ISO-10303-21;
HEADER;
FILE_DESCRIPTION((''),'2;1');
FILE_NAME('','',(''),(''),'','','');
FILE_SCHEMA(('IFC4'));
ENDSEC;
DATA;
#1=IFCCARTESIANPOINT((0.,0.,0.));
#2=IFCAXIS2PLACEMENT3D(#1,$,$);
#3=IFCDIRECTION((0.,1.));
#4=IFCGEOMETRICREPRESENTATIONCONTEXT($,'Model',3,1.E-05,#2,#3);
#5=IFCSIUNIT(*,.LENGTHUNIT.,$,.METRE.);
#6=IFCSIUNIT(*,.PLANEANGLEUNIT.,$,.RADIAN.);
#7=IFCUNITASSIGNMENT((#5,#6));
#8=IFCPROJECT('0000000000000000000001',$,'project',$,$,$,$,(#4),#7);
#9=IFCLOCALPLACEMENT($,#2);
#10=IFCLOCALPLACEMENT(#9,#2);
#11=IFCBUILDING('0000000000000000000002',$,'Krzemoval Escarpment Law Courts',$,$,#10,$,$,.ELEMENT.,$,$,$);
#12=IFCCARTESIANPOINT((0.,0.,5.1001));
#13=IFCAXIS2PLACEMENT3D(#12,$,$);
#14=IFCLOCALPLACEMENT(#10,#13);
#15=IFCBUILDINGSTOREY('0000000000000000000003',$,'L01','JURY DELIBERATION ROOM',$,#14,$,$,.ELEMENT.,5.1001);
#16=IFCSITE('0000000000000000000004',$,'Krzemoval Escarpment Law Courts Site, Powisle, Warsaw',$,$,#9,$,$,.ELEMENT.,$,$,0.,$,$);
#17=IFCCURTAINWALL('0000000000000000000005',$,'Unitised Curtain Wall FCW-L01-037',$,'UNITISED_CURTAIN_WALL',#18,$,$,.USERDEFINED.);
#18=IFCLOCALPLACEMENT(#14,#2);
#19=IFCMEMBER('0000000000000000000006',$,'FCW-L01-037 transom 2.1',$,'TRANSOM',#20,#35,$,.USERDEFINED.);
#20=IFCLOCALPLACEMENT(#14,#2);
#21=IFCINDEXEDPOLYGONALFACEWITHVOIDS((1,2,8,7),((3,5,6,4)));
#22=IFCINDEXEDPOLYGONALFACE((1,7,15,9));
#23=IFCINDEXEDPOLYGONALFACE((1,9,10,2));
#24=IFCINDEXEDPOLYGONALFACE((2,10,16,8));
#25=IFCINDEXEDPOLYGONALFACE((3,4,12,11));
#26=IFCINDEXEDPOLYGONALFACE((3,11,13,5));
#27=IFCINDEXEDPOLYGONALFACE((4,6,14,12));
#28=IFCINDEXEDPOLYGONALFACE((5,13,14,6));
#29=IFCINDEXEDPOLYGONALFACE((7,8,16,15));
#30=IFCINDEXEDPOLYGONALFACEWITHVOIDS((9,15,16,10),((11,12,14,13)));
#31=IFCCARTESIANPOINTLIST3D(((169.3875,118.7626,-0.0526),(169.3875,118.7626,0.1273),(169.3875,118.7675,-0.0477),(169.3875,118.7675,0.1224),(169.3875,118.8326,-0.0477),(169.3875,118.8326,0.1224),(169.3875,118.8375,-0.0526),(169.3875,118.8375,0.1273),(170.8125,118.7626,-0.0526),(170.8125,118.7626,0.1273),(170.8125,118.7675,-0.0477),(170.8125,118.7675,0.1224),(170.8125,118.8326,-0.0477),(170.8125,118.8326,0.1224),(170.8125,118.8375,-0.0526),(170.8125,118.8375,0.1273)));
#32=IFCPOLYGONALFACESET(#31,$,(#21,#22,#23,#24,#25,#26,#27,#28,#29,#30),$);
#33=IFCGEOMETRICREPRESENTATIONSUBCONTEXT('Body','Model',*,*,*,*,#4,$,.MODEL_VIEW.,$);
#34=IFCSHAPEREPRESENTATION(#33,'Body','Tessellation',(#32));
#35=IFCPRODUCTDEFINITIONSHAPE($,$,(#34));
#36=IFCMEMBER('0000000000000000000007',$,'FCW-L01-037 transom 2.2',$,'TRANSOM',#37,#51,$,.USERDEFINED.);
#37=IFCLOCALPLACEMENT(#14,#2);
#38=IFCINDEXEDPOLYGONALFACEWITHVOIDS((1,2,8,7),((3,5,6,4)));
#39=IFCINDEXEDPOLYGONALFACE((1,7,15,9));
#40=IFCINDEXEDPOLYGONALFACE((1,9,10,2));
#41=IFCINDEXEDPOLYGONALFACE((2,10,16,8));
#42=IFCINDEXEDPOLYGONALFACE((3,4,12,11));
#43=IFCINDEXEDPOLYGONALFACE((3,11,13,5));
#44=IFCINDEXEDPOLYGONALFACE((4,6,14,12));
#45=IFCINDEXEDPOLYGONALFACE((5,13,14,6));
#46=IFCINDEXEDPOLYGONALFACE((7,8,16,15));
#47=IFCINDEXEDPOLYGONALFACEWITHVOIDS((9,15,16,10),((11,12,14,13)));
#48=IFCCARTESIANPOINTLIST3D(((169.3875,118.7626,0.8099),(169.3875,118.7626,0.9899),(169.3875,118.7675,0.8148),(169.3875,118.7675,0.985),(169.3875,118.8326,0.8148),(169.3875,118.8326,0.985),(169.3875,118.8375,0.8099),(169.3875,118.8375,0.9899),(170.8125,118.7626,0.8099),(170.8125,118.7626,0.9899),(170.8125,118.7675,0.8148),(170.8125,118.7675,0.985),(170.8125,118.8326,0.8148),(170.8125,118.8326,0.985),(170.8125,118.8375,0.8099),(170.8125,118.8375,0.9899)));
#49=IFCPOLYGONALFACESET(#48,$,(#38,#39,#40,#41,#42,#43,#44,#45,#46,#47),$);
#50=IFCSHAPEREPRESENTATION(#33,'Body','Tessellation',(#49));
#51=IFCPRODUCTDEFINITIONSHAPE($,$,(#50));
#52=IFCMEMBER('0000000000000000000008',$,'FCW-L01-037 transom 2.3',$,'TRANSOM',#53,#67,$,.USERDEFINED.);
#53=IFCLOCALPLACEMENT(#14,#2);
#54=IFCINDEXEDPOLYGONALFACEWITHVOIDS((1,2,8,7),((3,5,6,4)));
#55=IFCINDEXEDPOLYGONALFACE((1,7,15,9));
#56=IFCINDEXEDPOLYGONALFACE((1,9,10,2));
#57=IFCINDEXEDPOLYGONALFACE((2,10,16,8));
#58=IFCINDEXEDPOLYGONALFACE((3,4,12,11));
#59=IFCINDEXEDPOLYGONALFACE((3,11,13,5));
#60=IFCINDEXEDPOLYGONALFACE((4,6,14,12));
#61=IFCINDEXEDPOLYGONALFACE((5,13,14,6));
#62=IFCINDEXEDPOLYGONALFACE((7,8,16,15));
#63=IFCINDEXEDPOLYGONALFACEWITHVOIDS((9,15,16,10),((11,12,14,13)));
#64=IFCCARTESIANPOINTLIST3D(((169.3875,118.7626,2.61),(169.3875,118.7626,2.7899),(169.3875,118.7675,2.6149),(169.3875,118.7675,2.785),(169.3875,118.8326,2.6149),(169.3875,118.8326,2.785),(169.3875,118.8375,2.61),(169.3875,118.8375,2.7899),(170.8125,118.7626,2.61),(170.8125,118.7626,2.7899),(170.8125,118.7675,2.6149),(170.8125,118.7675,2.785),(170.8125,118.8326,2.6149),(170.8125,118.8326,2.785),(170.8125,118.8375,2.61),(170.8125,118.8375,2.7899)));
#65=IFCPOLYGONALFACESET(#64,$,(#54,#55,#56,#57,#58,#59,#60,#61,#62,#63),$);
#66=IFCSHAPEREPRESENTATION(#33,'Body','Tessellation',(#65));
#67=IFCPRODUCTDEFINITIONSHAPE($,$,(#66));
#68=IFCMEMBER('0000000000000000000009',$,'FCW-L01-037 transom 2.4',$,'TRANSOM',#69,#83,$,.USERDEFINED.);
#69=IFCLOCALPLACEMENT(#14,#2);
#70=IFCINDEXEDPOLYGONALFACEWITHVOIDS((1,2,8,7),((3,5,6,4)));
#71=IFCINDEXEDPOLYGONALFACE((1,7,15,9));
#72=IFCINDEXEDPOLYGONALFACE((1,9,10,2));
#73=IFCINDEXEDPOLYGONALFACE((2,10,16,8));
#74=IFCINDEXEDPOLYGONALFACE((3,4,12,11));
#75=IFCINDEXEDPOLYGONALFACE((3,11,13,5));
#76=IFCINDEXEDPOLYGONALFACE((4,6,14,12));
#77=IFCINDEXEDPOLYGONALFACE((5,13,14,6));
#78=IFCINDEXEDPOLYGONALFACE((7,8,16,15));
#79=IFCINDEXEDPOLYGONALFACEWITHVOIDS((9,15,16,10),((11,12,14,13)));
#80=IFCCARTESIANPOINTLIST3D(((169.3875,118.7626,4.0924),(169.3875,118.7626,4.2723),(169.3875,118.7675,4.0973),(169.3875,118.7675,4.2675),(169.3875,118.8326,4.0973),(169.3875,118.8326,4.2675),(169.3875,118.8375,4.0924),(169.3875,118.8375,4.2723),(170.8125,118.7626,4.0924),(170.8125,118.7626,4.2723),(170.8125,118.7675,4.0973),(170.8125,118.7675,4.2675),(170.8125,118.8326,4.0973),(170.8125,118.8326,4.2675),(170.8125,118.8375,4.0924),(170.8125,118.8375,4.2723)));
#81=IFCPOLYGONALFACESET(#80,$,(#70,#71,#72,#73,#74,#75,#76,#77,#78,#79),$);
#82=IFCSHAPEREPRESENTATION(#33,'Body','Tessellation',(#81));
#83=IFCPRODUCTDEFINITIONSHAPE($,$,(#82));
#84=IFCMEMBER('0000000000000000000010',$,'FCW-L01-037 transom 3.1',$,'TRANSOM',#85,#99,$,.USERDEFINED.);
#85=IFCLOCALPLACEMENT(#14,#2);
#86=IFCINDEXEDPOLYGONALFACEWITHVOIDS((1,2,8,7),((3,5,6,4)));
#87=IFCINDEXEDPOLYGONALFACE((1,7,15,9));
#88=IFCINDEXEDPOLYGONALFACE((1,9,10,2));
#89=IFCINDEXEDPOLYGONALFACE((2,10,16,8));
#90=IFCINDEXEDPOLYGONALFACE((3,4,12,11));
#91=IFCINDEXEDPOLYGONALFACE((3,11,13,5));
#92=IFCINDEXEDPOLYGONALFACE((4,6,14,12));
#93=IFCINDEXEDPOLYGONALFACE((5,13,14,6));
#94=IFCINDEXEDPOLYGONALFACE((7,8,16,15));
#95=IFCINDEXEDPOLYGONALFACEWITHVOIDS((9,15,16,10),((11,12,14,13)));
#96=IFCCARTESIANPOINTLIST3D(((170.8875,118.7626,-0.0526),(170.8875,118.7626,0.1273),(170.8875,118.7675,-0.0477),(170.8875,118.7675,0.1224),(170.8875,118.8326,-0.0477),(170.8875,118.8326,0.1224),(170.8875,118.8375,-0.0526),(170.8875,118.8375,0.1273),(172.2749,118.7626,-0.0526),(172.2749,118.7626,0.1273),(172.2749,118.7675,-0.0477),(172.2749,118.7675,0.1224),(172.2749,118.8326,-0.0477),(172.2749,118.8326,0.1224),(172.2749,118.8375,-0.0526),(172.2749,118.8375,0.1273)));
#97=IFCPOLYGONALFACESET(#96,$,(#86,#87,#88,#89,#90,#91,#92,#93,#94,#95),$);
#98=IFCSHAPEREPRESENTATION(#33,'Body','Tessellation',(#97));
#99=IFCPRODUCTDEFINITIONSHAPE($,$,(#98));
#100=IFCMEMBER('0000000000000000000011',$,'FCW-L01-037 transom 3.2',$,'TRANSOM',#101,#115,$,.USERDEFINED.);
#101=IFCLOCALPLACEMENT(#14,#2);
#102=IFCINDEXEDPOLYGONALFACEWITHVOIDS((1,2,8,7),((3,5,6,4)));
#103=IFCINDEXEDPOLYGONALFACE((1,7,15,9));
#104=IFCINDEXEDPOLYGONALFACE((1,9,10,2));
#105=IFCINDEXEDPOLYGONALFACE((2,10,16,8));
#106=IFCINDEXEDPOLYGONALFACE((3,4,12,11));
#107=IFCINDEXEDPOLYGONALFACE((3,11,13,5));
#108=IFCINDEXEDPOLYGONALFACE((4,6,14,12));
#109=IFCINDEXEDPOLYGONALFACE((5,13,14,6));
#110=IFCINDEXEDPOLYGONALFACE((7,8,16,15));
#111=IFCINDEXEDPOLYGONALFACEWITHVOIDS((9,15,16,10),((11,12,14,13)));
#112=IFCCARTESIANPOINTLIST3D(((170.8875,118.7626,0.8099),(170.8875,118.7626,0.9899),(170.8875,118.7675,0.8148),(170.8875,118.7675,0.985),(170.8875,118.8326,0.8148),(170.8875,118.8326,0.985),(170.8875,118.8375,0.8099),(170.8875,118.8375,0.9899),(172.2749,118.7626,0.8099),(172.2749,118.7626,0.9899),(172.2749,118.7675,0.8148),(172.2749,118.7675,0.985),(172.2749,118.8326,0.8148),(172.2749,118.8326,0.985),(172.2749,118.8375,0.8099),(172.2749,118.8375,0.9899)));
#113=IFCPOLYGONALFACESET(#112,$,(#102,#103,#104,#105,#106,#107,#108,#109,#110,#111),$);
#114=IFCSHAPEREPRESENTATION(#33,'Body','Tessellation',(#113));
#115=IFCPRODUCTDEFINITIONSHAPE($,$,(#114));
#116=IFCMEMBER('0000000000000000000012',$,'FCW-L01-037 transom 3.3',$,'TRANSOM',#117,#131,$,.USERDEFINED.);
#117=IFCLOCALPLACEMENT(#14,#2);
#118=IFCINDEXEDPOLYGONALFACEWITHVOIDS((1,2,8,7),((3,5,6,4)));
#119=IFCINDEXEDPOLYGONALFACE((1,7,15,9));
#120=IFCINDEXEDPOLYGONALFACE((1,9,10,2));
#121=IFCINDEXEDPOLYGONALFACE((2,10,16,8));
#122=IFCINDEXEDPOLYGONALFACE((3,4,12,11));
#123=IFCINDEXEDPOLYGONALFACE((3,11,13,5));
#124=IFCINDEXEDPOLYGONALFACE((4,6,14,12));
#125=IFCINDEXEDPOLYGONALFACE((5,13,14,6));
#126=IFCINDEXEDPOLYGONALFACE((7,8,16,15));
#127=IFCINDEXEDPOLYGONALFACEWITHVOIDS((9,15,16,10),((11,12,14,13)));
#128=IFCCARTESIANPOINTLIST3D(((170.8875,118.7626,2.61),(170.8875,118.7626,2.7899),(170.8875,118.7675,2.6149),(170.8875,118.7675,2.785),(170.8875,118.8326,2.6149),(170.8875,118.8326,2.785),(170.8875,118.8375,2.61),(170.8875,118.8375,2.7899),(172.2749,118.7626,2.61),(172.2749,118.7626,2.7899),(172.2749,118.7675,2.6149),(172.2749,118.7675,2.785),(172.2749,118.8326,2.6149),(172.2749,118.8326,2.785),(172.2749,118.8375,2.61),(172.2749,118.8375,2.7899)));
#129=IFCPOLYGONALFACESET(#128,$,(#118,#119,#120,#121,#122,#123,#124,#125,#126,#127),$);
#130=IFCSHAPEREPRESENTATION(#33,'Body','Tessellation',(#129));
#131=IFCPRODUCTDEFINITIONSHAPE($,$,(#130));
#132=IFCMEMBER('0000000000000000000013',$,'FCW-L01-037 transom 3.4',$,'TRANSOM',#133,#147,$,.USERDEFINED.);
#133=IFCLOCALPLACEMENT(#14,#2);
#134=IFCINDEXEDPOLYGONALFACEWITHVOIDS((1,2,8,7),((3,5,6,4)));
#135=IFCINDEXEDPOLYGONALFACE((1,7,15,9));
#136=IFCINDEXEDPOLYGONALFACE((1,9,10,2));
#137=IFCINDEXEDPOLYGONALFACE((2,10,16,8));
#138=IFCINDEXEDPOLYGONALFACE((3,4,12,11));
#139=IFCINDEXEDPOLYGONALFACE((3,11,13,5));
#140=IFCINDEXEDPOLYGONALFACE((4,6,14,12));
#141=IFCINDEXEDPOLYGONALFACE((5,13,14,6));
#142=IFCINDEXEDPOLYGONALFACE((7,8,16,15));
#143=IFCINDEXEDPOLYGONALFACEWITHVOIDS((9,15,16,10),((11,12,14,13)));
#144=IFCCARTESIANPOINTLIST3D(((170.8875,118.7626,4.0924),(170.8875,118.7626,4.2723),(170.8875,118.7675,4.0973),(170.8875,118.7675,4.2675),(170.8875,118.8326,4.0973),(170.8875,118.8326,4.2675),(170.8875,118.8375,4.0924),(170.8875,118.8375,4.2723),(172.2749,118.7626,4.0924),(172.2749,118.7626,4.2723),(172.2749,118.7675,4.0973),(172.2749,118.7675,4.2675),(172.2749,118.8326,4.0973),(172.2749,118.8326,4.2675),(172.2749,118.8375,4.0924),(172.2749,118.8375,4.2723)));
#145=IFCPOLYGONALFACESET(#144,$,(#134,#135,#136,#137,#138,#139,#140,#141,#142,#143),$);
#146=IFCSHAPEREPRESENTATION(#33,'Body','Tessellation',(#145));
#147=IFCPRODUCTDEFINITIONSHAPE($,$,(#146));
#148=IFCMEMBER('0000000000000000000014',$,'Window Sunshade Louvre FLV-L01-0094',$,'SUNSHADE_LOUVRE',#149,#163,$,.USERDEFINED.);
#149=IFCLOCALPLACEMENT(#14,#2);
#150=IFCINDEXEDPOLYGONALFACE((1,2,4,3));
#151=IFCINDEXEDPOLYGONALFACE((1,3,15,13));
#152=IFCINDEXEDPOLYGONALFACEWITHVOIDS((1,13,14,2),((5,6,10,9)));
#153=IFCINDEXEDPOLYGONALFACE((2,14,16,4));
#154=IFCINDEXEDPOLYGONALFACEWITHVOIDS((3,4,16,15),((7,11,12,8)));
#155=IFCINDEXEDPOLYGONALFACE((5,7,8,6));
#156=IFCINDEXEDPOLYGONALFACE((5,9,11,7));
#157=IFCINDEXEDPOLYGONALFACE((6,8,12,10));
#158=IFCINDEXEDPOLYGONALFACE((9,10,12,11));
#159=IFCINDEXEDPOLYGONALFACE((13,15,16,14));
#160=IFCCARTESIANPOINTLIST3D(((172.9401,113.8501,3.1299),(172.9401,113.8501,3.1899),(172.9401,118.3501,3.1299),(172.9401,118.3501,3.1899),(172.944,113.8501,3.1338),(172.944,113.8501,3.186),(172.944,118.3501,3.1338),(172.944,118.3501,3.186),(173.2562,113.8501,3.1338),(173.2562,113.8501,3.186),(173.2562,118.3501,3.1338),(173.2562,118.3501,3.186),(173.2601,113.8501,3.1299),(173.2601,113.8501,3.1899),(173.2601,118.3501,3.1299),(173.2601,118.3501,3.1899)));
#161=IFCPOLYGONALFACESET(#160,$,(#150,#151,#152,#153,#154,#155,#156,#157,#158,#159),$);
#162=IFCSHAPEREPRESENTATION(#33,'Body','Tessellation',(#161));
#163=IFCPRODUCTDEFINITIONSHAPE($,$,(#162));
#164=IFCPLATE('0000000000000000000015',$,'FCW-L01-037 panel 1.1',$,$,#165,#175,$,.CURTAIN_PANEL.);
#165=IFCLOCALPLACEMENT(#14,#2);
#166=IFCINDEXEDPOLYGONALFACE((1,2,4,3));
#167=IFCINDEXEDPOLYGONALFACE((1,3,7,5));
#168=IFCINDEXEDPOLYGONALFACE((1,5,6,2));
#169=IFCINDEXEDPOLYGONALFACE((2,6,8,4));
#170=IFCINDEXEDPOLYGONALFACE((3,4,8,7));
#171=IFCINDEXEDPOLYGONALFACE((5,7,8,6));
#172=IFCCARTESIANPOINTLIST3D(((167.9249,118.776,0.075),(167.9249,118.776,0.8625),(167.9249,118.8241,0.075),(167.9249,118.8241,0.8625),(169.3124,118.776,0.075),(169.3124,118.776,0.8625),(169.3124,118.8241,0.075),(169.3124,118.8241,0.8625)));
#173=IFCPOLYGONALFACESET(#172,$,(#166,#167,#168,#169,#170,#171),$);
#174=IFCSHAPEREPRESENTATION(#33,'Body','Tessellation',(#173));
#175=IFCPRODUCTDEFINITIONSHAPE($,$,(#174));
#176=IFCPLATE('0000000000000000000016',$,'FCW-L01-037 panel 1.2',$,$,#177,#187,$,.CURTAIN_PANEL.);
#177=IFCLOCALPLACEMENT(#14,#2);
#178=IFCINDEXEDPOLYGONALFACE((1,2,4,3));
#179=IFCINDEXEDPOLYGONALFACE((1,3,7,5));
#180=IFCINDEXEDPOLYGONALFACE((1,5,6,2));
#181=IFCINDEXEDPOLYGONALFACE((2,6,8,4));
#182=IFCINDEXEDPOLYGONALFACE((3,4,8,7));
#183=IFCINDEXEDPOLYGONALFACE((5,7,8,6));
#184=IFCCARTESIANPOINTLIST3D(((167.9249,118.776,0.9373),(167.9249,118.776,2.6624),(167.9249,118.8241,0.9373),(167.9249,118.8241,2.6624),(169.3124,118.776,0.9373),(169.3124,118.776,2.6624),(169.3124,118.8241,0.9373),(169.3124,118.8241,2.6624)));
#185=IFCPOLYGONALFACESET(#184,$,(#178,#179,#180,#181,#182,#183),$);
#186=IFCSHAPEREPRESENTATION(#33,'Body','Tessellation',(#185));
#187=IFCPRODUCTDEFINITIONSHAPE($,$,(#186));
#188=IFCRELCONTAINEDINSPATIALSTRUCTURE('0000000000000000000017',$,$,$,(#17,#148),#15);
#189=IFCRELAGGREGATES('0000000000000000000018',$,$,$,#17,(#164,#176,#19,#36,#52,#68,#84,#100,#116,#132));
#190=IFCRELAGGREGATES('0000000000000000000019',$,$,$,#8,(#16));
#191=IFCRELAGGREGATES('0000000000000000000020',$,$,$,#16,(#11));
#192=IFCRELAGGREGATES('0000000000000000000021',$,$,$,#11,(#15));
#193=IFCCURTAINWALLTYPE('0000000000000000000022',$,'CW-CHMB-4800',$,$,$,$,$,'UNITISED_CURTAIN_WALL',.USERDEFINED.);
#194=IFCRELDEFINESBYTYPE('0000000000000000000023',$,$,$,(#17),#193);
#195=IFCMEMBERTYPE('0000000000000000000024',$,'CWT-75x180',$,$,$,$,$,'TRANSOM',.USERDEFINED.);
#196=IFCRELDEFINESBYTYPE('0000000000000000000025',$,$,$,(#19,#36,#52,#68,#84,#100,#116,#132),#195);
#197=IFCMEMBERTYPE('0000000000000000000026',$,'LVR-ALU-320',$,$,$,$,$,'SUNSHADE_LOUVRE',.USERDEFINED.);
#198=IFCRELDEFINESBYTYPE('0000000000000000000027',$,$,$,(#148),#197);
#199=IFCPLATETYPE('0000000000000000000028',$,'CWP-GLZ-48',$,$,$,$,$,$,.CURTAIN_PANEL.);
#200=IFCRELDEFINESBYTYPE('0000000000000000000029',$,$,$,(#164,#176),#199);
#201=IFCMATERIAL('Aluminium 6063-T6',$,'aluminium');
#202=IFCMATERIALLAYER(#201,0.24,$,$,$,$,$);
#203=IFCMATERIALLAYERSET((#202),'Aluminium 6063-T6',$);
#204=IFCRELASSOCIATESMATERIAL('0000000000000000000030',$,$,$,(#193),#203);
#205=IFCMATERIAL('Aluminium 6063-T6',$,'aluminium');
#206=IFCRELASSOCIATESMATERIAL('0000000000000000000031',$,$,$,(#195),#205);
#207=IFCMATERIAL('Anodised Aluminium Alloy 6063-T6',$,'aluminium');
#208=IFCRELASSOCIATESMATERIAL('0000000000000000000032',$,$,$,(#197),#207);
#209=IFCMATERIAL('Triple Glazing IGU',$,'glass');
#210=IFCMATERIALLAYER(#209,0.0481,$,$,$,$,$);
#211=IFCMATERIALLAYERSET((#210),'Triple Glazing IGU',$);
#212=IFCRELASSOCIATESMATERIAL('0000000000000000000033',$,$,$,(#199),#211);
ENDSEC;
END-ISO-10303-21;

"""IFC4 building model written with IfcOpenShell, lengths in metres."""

from ifc_helpers import new_model, si_unit, direction, frame, origin, origin_2d, place, context, subcontext, project, spatial, rectangle, hollow_rectangle, extrude, material, layer, layer_set, material_profile, profile_set, type_object, element, aggregate, save


model = new_model("IFC4")

# Units and contexts
model_context = context("Model", 3, precision=1e-05, world=origin(), true_north=direction((0.0, 1.0)))
body_context = subcontext(model_context, "Body", "Model", "MODEL_VIEW")
ifc_project = project(units=[si_unit("LENGTHUNIT", "METRE"), si_unit("PLANEANGLEUNIT", "RADIAN")], contexts=[model_context])

# Site, building, storey
site_placement = place(None, origin())
site = spatial("IfcSite", under=ifc_project, at=site_placement, Name="Krzemoval Escarpment Law Courts Site, Powisle, Warsaw", CompositionType="ELEMENT", RefElevation=0.0)
building_placement = place(site_placement, origin())
building = spatial("IfcBuilding", under=site, at=building_placement, Name="Krzemoval Escarpment Law Courts", CompositionType="ELEMENT")
storey_placement = place(building_placement, frame((0.0, 0.0, 5.1001)))
storey = spatial("IfcBuildingStorey", under=building, at=storey_placement, Name="L01", Description="JURY DELIBERATION ROOM", CompositionType="ELEMENT", Elevation=5.1001)

# Curtain wall, members
ifc_material_1 = material(Name="Aluminium 6063-T6", Category="aluminium")
ifc_layer_1 = layer(ifc_material_1, 0.24)
ifc_layer_set_1 = layer_set([ifc_layer_1], Name="Aluminium 6063-T6")
curtain_wall_type = type_object("IfcCurtainWallType", Name="CW-CHMB-4800", ElementType="UNITISED_CURTAIN_WALL", PredefinedType="USERDEFINED", material=ifc_layer_set_1)
curtain_wall_placement = place(storey_placement, origin())
curtain_wall = element("IfcCurtainWall", 1, at=curtain_wall_placement, inside=storey, type_object=curtain_wall_type, Name="Unitised Curtain Wall FCW-L01-037", ObjectType="UNITISED_CURTAIN_WALL", PredefinedType="USERDEFINED")
ifc_material_2 = material(Name="Aluminium 6063-T6", Category="aluminium")
ifc_material_profile_1 = material_profile(ifc_material_2, hollow_rectangle(XDim=0.075, YDim=0.1799, WallThickness=0.0049, at=origin_2d()), Name="ALU T75x180")
ifc_profile_set_1 = profile_set([ifc_material_profile_1], Name="Aluminium 6063-T6")
member_type_1 = type_object("IfcMemberType", Name="CWT-75x180", ElementType="TRANSOM", PredefinedType="USERDEFINED", material=ifc_profile_set_1)
member_1_placement = place(storey_placement, frame((169.3875, 118.8, 0.0374), z_axis=(1.0, 0.0, 0.0), x_axis=(0.0, 1.0, 0.0)))
member_1 = element("IfcMember", 2, at=member_1_placement, type_object=member_type_1, Name="FCW-L01-037 transom 2.1", ObjectType="TRANSOM", PredefinedType="USERDEFINED", context=body_context, shape_type="SweptSolid", body=[
    extrude(hollow_rectangle(XDim=0.075, YDim=0.1799, WallThickness=0.0049, at=origin_2d()), origin(), (0.0, 0.0, 1.0), 1.425),
])
member_2_placement = place(storey_placement, frame((169.3875, 118.8, 0.8999), z_axis=(1.0, 0.0, 0.0), x_axis=(0.0, 1.0, 0.0)))
member_2 = element("IfcMember", 3, at=member_2_placement, type_object=member_type_1, Name="FCW-L01-037 transom 2.2", ObjectType="TRANSOM", PredefinedType="USERDEFINED", context=body_context, shape_type="SweptSolid", body=[
    extrude(hollow_rectangle(XDim=0.075, YDim=0.1799, WallThickness=0.0049, at=origin_2d()), origin(), (0.0, 0.0, 1.0), 1.425),
])
member_3_placement = place(storey_placement, frame((169.3875, 118.8, 2.7), z_axis=(1.0, 0.0, 0.0), x_axis=(0.0, 1.0, 0.0)))
member_3 = element("IfcMember", 4, at=member_3_placement, type_object=member_type_1, Name="FCW-L01-037 transom 2.3", ObjectType="TRANSOM", PredefinedType="USERDEFINED", context=body_context, shape_type="SweptSolid", body=[
    extrude(hollow_rectangle(XDim=0.075, YDim=0.1799, WallThickness=0.0049, at=origin_2d()), origin(), (0.0, 0.0, 1.0), 1.425),
])
member_4_placement = place(storey_placement, frame((169.3875, 118.8, 4.1824), z_axis=(1.0, 0.0, 0.0), x_axis=(0.0, 1.0, 0.0)))
member_4 = element("IfcMember", 5, at=member_4_placement, type_object=member_type_1, Name="FCW-L01-037 transom 2.4", ObjectType="TRANSOM", PredefinedType="USERDEFINED", context=body_context, shape_type="SweptSolid", body=[
    extrude(hollow_rectangle(XDim=0.075, YDim=0.1799, WallThickness=0.0049, at=origin_2d()), origin(), (0.0, 0.0, 1.0), 1.425),
])
member_5_placement = place(storey_placement, frame((170.8875, 118.8, 0.0374), z_axis=(1.0, 0.0, 0.0), x_axis=(0.0, 1.0, 0.0)))
member_5 = element("IfcMember", 6, at=member_5_placement, type_object=member_type_1, Name="FCW-L01-037 transom 3.1", ObjectType="TRANSOM", PredefinedType="USERDEFINED", context=body_context, shape_type="SweptSolid", body=[
    extrude(hollow_rectangle(XDim=0.075, YDim=0.1799, WallThickness=0.0049, at=origin_2d()), origin(), (0.0, 0.0, 1.0), 1.3875),
])
member_6_placement = place(storey_placement, frame((170.8875, 118.8, 0.8999), z_axis=(1.0, 0.0, 0.0), x_axis=(0.0, 1.0, 0.0)))
member_6 = element("IfcMember", 7, at=member_6_placement, type_object=member_type_1, Name="FCW-L01-037 transom 3.2", ObjectType="TRANSOM", PredefinedType="USERDEFINED", context=body_context, shape_type="SweptSolid", body=[
    extrude(hollow_rectangle(XDim=0.075, YDim=0.1799, WallThickness=0.0049, at=origin_2d()), origin(), (0.0, 0.0, 1.0), 1.3875),
])
member_7_placement = place(storey_placement, frame((170.8875, 118.8, 2.7), z_axis=(1.0, 0.0, 0.0), x_axis=(0.0, 1.0, 0.0)))
member_7 = element("IfcMember", 8, at=member_7_placement, type_object=member_type_1, Name="FCW-L01-037 transom 3.3", ObjectType="TRANSOM", PredefinedType="USERDEFINED", context=body_context, shape_type="SweptSolid", body=[
    extrude(hollow_rectangle(XDim=0.075, YDim=0.1799, WallThickness=0.0049, at=origin_2d()), origin(), (0.0, 0.0, 1.0), 1.3875),
])
member_8_placement = place(storey_placement, frame((170.8875, 118.8, 4.1824), z_axis=(1.0, 0.0, 0.0), x_axis=(0.0, 1.0, 0.0)))
member_8 = element("IfcMember", 9, at=member_8_placement, type_object=member_type_1, Name="FCW-L01-037 transom 3.4", ObjectType="TRANSOM", PredefinedType="USERDEFINED", context=body_context, shape_type="SweptSolid", body=[
    extrude(hollow_rectangle(XDim=0.075, YDim=0.1799, WallThickness=0.0049, at=origin_2d()), origin(), (0.0, 0.0, 1.0), 1.3875),
])

# Member
ifc_material_3 = material(Name="Anodised Aluminium Alloy 6063-T6", Category="aluminium")
ifc_material_profile_2 = material_profile(ifc_material_3, hollow_rectangle(XDim=0.0601, YDim=0.3201, WallThickness=0.0039, at=origin_2d()), Name="ALU LVR 60x320")
ifc_profile_set_2 = profile_set([ifc_material_profile_2], Name="Anodised Aluminium Alloy 6063-T6")
member_type_2 = type_object("IfcMemberType", Name="LVR-ALU-320", ElementType="SUNSHADE_LOUVRE", PredefinedType="USERDEFINED", material=ifc_profile_set_2)
member_9_placement = place(storey_placement, frame((173.1001, 118.3501, 3.1599), z_axis=(0.0, -1.0, 0.0), x_axis=(0.0, 0.0, 1.0)))
element("IfcMember", 10, at=member_9_placement, inside=storey, type_object=member_type_2, Name="Window Sunshade Louvre FLV-L01-0094", ObjectType="SUNSHADE_LOUVRE", PredefinedType="USERDEFINED", context=body_context, shape_type="SweptSolid", body=[
    extrude(hollow_rectangle(XDim=0.0601, YDim=0.3201, WallThickness=0.0039, at=origin_2d()), origin(), (0.0, 0.0, 1.0), 4.5),
])

# Plates
ifc_material_4 = material(Name="Triple Glazing IGU", Category="glass")
ifc_layer_2 = layer(ifc_material_4, 0.0481)
ifc_layer_set_2 = layer_set([ifc_layer_2], Name="Triple Glazing IGU")
plate_type = type_object("IfcPlateType", Name="CWP-GLZ-48", PredefinedType="CURTAIN_PANEL", material=ifc_layer_set_2)
plate_1_placement = place(storey_placement, frame((168.6187, 118.8, 0.075), z_axis=(0.0, 0.0, 1.0), x_axis=(1.0, 0.0, 0.0)))
plate_1 = element("IfcPlate", 11, at=plate_1_placement, type_object=plate_type, Name="FCW-L01-037 panel 1.1", PredefinedType="CURTAIN_PANEL", context=body_context, shape_type="SweptSolid", body=[
    extrude(rectangle(XDim=1.3875, YDim=0.0481, at=origin_2d()), origin(), (0.0, 0.0, 1.0), 0.7876),
])
plate_2_placement = place(storey_placement, frame((168.6187, 118.8, 0.9373), z_axis=(0.0, 0.0, 1.0), x_axis=(1.0, 0.0, 0.0)))
plate_2 = element("IfcPlate", 12, at=plate_2_placement, type_object=plate_type, Name="FCW-L01-037 panel 1.2", PredefinedType="CURTAIN_PANEL", context=body_context, shape_type="SweptSolid", body=[
    extrude(rectangle(XDim=1.3875, YDim=0.0481, at=origin_2d()), origin(), (0.0, 0.0, 1.0), 1.7251),
])
aggregate(curtain_wall, [plate_1, plate_2, member_1, member_2, member_3, member_4, member_5, member_6, member_7, member_8])

save(model, "model.ifc")
